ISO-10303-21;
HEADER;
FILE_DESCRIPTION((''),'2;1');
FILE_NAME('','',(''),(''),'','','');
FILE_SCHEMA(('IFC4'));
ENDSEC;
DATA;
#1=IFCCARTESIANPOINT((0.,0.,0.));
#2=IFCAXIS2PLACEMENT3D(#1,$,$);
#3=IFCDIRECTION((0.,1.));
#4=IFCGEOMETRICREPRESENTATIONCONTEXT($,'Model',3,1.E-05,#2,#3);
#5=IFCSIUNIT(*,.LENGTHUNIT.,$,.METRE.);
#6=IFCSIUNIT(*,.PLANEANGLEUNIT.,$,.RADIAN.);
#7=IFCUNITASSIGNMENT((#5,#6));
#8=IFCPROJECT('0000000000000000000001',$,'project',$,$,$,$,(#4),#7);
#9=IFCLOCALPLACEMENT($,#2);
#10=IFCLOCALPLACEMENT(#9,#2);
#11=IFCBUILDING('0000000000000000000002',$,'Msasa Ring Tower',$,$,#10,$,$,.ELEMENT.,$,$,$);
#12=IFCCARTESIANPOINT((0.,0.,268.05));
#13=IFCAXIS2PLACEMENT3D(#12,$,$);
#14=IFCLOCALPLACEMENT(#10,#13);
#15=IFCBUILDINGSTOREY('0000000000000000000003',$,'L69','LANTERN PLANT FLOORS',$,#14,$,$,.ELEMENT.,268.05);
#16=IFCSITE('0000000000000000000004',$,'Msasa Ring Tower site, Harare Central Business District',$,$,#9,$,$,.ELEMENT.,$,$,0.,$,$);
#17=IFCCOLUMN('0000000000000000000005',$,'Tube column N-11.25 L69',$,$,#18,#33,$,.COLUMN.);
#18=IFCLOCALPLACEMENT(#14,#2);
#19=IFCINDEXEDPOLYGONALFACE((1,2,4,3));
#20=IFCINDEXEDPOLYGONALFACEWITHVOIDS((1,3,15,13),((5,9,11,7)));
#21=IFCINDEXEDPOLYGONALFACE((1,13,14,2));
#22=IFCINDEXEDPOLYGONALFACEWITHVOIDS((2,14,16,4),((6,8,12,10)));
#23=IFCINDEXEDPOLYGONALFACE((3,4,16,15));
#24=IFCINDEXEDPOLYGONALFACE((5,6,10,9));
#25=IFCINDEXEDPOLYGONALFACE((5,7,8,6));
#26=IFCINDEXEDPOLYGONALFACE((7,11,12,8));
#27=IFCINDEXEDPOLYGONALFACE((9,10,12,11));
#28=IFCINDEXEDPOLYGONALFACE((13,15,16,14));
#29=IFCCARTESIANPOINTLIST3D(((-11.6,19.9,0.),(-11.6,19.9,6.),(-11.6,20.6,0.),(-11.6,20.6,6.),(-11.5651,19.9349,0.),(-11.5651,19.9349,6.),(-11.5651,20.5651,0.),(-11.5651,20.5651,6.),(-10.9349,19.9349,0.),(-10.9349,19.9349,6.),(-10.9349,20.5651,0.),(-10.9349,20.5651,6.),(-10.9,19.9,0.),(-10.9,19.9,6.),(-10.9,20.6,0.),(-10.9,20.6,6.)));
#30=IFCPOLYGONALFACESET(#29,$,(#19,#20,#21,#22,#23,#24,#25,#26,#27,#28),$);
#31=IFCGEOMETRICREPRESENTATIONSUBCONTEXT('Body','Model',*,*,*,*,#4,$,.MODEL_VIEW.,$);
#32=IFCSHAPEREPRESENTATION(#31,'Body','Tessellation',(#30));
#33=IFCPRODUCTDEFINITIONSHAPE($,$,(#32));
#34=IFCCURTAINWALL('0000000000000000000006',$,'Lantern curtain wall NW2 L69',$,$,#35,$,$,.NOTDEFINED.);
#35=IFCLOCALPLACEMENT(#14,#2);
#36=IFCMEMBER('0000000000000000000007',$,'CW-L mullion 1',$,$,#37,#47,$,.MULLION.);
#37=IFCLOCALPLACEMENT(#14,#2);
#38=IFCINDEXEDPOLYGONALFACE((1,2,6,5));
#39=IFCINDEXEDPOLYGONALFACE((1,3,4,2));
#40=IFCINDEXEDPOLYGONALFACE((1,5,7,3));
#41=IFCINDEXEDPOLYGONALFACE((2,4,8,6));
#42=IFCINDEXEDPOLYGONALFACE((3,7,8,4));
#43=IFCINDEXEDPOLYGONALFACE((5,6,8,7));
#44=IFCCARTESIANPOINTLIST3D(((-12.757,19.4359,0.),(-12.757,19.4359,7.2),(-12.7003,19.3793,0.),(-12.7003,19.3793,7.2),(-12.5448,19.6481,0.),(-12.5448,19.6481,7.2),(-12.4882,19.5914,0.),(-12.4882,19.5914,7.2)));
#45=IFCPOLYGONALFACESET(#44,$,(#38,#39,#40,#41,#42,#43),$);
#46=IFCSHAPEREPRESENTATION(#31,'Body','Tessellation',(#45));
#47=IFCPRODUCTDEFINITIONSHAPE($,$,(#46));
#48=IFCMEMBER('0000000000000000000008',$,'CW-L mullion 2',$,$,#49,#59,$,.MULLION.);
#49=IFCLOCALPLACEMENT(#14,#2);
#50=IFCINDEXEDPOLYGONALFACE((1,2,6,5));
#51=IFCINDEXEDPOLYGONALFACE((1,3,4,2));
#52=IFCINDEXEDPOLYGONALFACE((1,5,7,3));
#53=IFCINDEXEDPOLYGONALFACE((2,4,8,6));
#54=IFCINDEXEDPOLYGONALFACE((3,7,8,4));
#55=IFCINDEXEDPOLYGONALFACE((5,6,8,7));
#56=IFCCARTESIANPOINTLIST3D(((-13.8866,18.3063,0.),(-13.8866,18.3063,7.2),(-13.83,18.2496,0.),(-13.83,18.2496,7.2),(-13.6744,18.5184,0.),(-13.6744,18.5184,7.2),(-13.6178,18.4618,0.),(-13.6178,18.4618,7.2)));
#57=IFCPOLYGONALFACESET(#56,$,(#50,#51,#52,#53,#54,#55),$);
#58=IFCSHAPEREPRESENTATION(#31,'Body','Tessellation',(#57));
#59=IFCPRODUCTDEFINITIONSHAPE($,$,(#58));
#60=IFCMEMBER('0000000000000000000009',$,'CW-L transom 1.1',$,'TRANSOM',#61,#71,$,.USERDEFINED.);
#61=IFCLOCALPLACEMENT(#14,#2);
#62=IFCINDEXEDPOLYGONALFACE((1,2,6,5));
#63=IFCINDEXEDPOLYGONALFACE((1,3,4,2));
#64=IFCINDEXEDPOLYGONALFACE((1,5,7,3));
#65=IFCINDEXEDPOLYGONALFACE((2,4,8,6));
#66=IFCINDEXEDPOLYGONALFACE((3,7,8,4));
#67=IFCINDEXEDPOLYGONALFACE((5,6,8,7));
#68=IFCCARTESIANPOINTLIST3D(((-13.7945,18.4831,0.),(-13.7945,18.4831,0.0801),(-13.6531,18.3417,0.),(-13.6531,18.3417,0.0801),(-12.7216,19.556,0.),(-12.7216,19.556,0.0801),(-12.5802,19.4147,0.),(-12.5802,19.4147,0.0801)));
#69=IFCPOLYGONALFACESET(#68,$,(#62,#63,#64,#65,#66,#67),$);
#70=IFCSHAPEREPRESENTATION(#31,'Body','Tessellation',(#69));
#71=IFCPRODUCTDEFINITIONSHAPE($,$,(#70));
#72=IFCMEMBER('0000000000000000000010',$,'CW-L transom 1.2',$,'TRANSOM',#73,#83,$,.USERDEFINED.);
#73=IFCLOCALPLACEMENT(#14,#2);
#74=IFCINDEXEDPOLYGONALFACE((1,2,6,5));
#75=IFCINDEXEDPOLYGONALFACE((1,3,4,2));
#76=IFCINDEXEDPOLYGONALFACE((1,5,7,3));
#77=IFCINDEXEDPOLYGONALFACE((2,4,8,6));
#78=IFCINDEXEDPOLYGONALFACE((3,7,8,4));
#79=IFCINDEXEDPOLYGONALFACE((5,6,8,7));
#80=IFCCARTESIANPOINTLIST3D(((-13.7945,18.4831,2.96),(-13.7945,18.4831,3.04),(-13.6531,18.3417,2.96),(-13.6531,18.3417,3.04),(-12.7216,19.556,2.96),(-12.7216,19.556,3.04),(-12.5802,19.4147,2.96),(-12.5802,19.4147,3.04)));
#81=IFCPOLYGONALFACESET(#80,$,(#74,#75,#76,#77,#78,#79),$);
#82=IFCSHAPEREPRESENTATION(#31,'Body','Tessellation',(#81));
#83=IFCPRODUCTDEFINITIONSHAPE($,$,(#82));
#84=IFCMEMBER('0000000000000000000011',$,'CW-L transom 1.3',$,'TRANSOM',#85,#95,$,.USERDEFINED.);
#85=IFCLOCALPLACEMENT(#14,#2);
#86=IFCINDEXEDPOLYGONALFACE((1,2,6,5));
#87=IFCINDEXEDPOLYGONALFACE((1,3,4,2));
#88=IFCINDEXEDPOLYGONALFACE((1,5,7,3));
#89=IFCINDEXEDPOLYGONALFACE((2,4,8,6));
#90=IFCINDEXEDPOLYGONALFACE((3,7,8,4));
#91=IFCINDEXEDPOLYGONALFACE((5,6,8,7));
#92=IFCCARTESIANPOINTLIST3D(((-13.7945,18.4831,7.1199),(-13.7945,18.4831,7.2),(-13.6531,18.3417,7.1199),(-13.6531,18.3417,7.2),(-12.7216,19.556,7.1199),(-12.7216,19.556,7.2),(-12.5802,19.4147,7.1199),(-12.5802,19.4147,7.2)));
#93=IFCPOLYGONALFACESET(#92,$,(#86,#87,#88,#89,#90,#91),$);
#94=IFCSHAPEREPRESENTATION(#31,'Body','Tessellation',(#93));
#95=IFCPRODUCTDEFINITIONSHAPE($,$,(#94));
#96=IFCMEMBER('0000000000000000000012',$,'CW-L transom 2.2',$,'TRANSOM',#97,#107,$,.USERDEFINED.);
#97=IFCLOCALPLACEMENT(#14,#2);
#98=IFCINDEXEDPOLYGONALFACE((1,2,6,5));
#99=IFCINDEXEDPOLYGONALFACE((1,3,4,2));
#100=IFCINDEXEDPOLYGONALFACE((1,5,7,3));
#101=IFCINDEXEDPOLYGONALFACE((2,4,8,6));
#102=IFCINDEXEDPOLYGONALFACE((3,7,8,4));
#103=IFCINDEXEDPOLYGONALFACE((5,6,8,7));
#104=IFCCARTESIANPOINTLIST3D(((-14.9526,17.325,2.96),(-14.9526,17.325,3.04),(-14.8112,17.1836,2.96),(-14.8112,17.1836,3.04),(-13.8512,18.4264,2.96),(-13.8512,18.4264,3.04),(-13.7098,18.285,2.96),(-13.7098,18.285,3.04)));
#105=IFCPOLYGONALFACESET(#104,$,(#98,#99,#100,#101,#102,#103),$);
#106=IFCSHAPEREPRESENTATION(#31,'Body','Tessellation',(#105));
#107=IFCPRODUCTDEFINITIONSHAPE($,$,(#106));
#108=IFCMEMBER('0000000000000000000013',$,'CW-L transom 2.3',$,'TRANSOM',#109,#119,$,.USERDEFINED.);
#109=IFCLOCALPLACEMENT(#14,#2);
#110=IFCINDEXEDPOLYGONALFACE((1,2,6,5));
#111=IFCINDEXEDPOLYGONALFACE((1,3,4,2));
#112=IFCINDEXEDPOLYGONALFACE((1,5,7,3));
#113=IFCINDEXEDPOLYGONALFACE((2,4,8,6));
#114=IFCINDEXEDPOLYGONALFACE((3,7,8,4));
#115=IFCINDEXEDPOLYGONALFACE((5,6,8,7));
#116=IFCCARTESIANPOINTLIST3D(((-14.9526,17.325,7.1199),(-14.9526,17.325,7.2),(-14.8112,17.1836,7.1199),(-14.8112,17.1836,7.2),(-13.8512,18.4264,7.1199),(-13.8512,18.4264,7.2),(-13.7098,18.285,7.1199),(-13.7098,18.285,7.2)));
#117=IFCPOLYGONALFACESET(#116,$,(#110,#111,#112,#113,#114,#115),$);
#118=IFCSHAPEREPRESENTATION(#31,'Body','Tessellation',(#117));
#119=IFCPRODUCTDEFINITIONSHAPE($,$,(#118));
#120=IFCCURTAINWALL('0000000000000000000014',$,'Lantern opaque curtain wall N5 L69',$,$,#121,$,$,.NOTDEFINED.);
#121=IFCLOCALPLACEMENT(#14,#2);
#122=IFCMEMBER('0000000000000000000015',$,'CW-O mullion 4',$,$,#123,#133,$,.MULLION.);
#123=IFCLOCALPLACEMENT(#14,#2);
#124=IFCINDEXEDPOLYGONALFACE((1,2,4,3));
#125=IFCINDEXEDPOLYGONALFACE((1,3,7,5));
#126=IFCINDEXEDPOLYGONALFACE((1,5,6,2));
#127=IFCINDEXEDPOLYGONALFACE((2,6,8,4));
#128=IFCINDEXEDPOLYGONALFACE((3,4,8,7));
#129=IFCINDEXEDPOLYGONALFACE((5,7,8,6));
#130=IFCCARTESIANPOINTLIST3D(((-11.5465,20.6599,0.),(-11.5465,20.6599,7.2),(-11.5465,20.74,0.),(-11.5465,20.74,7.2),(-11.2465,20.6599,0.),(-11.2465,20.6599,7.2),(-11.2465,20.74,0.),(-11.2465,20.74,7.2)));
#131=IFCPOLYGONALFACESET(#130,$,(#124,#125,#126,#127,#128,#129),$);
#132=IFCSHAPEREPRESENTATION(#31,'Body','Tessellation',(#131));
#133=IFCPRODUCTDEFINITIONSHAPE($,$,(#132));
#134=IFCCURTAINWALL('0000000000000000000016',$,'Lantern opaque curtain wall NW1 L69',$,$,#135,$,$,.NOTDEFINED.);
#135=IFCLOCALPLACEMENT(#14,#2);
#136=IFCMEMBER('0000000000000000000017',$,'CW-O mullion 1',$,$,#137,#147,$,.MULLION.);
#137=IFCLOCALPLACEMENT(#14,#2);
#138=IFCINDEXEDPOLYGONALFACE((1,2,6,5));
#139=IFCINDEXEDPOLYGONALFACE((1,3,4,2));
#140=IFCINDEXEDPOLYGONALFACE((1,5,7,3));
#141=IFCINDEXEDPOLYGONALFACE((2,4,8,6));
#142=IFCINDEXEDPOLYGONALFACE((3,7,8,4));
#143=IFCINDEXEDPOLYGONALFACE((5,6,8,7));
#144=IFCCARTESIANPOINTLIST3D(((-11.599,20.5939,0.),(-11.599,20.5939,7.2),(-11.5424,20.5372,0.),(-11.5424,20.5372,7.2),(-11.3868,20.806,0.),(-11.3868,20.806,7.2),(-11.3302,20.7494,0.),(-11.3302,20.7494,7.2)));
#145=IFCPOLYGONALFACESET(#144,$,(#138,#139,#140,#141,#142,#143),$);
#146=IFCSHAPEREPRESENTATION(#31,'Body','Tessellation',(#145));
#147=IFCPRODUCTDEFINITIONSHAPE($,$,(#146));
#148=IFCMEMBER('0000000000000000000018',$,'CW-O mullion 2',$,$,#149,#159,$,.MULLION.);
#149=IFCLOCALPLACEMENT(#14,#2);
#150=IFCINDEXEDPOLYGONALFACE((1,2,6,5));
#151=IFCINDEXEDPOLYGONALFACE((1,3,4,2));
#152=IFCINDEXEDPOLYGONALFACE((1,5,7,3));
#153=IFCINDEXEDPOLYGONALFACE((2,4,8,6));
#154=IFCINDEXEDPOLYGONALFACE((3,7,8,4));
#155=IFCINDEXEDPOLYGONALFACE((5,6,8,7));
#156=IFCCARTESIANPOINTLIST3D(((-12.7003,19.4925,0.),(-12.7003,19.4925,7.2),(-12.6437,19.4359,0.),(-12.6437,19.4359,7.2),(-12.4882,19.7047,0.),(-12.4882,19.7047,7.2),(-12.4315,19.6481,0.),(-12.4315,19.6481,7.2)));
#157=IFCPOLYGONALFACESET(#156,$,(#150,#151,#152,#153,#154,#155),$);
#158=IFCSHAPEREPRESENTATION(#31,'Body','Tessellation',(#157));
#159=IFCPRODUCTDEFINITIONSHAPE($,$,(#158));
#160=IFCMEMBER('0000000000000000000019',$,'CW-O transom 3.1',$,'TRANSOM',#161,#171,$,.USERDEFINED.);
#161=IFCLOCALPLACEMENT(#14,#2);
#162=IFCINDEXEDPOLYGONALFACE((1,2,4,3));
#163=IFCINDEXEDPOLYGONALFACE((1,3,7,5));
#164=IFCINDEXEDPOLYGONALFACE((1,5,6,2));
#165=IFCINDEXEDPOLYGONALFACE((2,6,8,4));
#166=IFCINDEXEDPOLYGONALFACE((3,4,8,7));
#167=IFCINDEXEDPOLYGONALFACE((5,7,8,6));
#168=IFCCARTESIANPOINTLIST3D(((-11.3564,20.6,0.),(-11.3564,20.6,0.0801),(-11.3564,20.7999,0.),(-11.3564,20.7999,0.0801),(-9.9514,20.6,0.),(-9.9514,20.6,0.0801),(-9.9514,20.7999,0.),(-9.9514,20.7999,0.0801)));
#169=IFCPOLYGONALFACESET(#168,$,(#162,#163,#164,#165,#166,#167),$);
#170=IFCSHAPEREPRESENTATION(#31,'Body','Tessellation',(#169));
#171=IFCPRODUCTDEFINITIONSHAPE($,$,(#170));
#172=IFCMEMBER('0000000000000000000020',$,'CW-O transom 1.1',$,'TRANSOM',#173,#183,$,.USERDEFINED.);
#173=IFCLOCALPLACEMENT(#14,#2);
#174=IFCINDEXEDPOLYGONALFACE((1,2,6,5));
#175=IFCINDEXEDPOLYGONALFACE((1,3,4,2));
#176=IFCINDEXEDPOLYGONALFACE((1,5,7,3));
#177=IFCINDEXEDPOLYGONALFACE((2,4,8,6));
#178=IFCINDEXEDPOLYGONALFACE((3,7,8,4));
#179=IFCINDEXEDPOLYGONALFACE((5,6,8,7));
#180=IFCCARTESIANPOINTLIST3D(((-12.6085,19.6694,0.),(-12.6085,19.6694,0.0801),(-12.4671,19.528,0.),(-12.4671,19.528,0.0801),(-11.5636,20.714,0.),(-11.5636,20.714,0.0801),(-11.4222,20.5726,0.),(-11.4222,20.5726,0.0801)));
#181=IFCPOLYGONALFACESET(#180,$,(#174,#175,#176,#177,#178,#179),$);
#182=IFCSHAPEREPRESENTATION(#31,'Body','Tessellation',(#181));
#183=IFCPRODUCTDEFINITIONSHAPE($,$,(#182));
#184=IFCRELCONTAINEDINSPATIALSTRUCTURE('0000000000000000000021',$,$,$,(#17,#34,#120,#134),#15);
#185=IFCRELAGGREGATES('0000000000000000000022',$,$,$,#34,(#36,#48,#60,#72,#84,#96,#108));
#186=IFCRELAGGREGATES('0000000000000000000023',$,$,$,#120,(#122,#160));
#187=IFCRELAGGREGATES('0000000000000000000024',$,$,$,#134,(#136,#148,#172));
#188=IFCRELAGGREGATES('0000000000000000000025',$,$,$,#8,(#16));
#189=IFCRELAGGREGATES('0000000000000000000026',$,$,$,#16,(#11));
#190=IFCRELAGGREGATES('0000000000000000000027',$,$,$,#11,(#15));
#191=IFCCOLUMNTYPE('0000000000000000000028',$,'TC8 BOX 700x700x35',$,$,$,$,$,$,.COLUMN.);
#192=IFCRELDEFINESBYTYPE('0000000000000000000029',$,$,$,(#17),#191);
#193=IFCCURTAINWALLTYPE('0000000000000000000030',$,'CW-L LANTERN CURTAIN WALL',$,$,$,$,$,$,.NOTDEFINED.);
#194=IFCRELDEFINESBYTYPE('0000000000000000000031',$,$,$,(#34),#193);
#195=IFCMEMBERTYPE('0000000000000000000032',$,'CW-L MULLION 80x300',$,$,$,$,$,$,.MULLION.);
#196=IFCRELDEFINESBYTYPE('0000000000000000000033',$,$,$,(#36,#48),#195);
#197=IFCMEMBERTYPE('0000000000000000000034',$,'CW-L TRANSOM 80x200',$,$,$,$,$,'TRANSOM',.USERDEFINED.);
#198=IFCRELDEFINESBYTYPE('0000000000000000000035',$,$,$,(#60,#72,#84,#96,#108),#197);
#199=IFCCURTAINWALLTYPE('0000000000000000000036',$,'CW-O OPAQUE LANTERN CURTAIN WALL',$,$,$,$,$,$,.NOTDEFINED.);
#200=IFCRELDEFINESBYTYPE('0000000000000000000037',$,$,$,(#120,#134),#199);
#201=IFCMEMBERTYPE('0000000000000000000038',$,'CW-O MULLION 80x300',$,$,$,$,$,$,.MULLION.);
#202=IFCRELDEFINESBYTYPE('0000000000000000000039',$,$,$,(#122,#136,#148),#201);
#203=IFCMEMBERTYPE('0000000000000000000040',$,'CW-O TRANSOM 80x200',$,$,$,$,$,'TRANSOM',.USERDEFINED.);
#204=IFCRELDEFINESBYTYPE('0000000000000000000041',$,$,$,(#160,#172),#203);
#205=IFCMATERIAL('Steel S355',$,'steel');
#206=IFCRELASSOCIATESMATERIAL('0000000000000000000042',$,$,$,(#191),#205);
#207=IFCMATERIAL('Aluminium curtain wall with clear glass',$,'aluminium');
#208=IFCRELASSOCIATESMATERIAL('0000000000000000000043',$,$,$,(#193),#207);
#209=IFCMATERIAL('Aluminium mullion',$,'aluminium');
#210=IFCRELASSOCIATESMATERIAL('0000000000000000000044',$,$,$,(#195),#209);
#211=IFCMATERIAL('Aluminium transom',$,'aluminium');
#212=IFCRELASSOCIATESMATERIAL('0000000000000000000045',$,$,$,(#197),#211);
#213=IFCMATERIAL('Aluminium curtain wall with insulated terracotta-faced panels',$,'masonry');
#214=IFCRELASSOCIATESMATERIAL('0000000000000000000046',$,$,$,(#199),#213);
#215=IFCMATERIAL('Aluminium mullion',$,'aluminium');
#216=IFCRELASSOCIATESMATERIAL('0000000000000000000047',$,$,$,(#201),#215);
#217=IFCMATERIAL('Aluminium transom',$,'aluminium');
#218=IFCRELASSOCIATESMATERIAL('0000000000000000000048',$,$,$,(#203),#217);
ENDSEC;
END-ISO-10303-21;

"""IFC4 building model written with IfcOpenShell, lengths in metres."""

from ifc_helpers import new_model, si_unit, direction, frame, origin, origin_2d, place, context, subcontext, project, spatial, rectangle, hollow_rectangle, extrude, material, material_profile, profile_set, type_object, element, aggregate, save


model = new_model("IFC4")

# Units and contexts
model_context = context("Model", 3, precision=1e-05, world=origin(), true_north=direction((0.0, 1.0)))
body_context = subcontext(model_context, "Body", "Model", "MODEL_VIEW")
ifc_project = project(units=[si_unit("LENGTHUNIT", "METRE"), si_unit("PLANEANGLEUNIT", "RADIAN")], contexts=[model_context])

# Site, building, storey
site_placement = place(None, origin())
site = spatial("IfcSite", under=ifc_project, at=site_placement, Name="Msasa Ring Tower site, Harare Central Business District", CompositionType="ELEMENT", RefElevation=0.0)
building_placement = place(site_placement, origin())
building = spatial("IfcBuilding", under=site, at=building_placement, Name="Msasa Ring Tower", CompositionType="ELEMENT")
storey_placement = place(building_placement, frame((0.0, 0.0, 268.05)))
storey = spatial("IfcBuildingStorey", under=building, at=storey_placement, Name="L69", Description="LANTERN PLANT FLOORS", CompositionType="ELEMENT", Elevation=268.05)

# Column
ifc_material_1 = material(Name="Steel S355", Category="steel")
ifc_material_profile_1 = material_profile(ifc_material_1, hollow_rectangle(XDim=0.7, YDim=0.7, WallThickness=0.0349, at=origin_2d()), Name="BOX 700x700x35")
ifc_profile_set_1 = profile_set([ifc_material_profile_1], Name="Steel S355")
column_type = type_object("IfcColumnType", Name="TC8 BOX 700x700x35", PredefinedType="COLUMN", material=ifc_profile_set_1)
column_placement = place(storey_placement, frame((-11.25, 20.25, 0.0), z_axis=(0.0, 0.0, 1.0), x_axis=(0.0, 1.0, 0.0)))
element("IfcColumn", 1, at=column_placement, inside=storey, type_object=column_type, Name="Tube column N-11.25 L69", PredefinedType="COLUMN", context=body_context, shape_type="SweptSolid", body=[
    extrude(hollow_rectangle(XDim=0.7, YDim=0.7, WallThickness=0.0349, at=origin_2d()), origin(), (0.0, 0.0, 1.0), 6.0),
])

# Curtain wall, members
ifc_material_2 = material(Name="Aluminium curtain wall with clear glass", Category="aluminium")
curtain_wall_type_1 = type_object("IfcCurtainWallType", Name="CW-L LANTERN CURTAIN WALL", PredefinedType="NOTDEFINED", material=ifc_material_2)
curtain_wall_1_placement = place(storey_placement, origin())
curtain_wall_1 = element("IfcCurtainWall", 2, at=curtain_wall_1_placement, inside=storey, type_object=curtain_wall_type_1, Name="Lantern curtain wall NW2 L69", PredefinedType="NOTDEFINED")
ifc_material_3 = material(Name="Aluminium mullion", Category="aluminium")
ifc_material_profile_2 = material_profile(ifc_material_3, rectangle(XDim=0.0801, YDim=0.3, at=origin_2d()), Name="AL 80x300")
ifc_profile_set_2 = profile_set([ifc_material_profile_2], Name="Aluminium mullion")
member_type_1 = type_object("IfcMemberType", Name="CW-L MULLION 80x300", PredefinedType="MULLION", material=ifc_profile_set_2)
member_1_placement = place(storey_placement, frame((-12.6226, 19.5137, 0.0), z_axis=(0.0, 0.0, 1.0), x_axis=(0.707097, -0.707117, 0.0)))
member_1 = element("IfcMember", 3, at=member_1_placement, type_object=member_type_1, Name="CW-L mullion 1", PredefinedType="MULLION", context=body_context, shape_type="SweptSolid", body=[
    extrude(rectangle(XDim=0.0801, YDim=0.3, at=origin_2d()), origin(), (0.0, 0.0, 1.0), 7.2),
])
member_2_placement = place(storey_placement, frame((-13.7522, 18.384, 0.0), z_axis=(0.0, 0.0, 1.0), x_axis=(0.707097, -0.707117, 0.0)))
member_2 = element("IfcMember", 4, at=member_2_placement, type_object=member_type_1, Name="CW-L mullion 2", PredefinedType="MULLION", context=body_context, shape_type="SweptSolid", body=[
    extrude(rectangle(XDim=0.0801, YDim=0.3, at=origin_2d()), origin(), (0.0, 0.0, 1.0), 7.2),
])
ifc_material_4 = material(Name="Aluminium transom", Category="aluminium")
ifc_material_profile_3 = material_profile(ifc_material_4, rectangle(XDim=0.2, YDim=0.0801, at=origin_2d()), Name="AL 80x200")
ifc_profile_set_3 = profile_set([ifc_material_profile_3], Name="Aluminium transom")
member_type_2 = type_object("IfcMemberType", Name="CW-L TRANSOM 80x200", ElementType="TRANSOM", PredefinedType="USERDEFINED", material=ifc_profile_set_3)
member_3_placement = place(storey_placement, frame((-12.6509, 19.4854, 0.04), z_axis=(-0.707107, -0.707107, 0.0), x_axis=(0.707107, -0.707107, 0.0)))
member_3 = element("IfcMember", 5, at=member_3_placement, type_object=member_type_2, Name="CW-L transom 1.1", ObjectType="TRANSOM", PredefinedType="USERDEFINED", context=body_context, shape_type="SweptSolid", body=[
    extrude(rectangle(XDim=0.2, YDim=0.0801, at=origin_2d()), origin(), (0.0, 0.0, 1.0), 1.5173),
])
member_4_placement = place(storey_placement, frame((-12.6509, 19.4854, 3.0), z_axis=(-0.707107, -0.707107, 0.0), x_axis=(0.707107, -0.707107, 0.0)))
member_4 = element("IfcMember", 6, at=member_4_placement, type_object=member_type_2, Name="CW-L transom 1.2", ObjectType="TRANSOM", PredefinedType="USERDEFINED", context=body_context, shape_type="SweptSolid", body=[
    extrude(rectangle(XDim=0.2, YDim=0.0801, at=origin_2d()), origin(), (0.0, 0.0, 1.0), 1.5173),
])
member_5_placement = place(storey_placement, frame((-12.6509, 19.4854, 7.1599), z_axis=(-0.707107, -0.707107, 0.0), x_axis=(0.707107, -0.707107, 0.0)))
member_5 = element("IfcMember", 7, at=member_5_placement, type_object=member_type_2, Name="CW-L transom 1.3", ObjectType="TRANSOM", PredefinedType="USERDEFINED", context=body_context, shape_type="SweptSolid", body=[
    extrude(rectangle(XDim=0.2, YDim=0.0801, at=origin_2d()), origin(), (0.0, 0.0, 1.0), 1.5173),
])
member_6_placement = place(storey_placement, frame((-13.7805, 18.3557, 3.0), z_axis=(-0.707107, -0.707107, 0.0), x_axis=(0.707107, -0.707107, 0.0)))
member_6 = element("IfcMember", 8, at=member_6_placement, type_object=member_type_2, Name="CW-L transom 2.2", ObjectType="TRANSOM", PredefinedType="USERDEFINED", context=body_context, shape_type="SweptSolid", body=[
    extrude(rectangle(XDim=0.2, YDim=0.0801, at=origin_2d()), origin(), (0.0, 0.0, 1.0), 1.5576),
])
member_7_placement = place(storey_placement, frame((-13.7805, 18.3557, 7.1599), z_axis=(-0.707107, -0.707107, 0.0), x_axis=(0.707107, -0.707107, 0.0)))
member_7 = element("IfcMember", 9, at=member_7_placement, type_object=member_type_2, Name="CW-L transom 2.3", ObjectType="TRANSOM", PredefinedType="USERDEFINED", context=body_context, shape_type="SweptSolid", body=[
    extrude(rectangle(XDim=0.2, YDim=0.0801, at=origin_2d()), origin(), (0.0, 0.0, 1.0), 1.5576),
])

# Curtain wall, member
ifc_material_5 = material(Name="Aluminium curtain wall with insulated terracotta-faced panels", Category="masonry")
curtain_wall_type_2 = type_object("IfcCurtainWallType", Name="CW-O OPAQUE LANTERN CURTAIN WALL", PredefinedType="NOTDEFINED", material=ifc_material_5)
curtain_wall_2_placement = place(storey_placement, origin())
curtain_wall_2 = element("IfcCurtainWall", 10, at=curtain_wall_2_placement, inside=storey, type_object=curtain_wall_type_2, Name="Lantern opaque curtain wall N5 L69", PredefinedType="NOTDEFINED")
ifc_material_6 = material(Name="Aluminium mullion", Category="aluminium")
ifc_material_profile_4 = material_profile(ifc_material_6, rectangle(XDim=0.0801, YDim=0.3, at=origin_2d()), Name="AL 80x300")
ifc_profile_set_4 = profile_set([ifc_material_profile_4], Name="Aluminium mullion")
member_type_3 = type_object("IfcMemberType", Name="CW-O MULLION 80x300", PredefinedType="MULLION", material=ifc_profile_set_4)
member_8_placement = place(storey_placement, frame((-11.3965, 20.7, 0.0), z_axis=(0.0, 0.0, 1.0), x_axis=(0.0, -1.0, 0.0)))
member_8 = element("IfcMember", 11, at=member_8_placement, type_object=member_type_3, Name="CW-O mullion 4", PredefinedType="MULLION", context=body_context, shape_type="SweptSolid", body=[
    extrude(rectangle(XDim=0.0801, YDim=0.3, at=origin_2d()), origin(), (0.0, 0.0, 1.0), 7.2),
])

# Curtain wall, members
curtain_wall_3_placement = place(storey_placement, origin())
curtain_wall_3 = element("IfcCurtainWall", 12, at=curtain_wall_3_placement, inside=storey, type_object=curtain_wall_type_2, Name="Lantern opaque curtain wall NW1 L69", PredefinedType="NOTDEFINED")
member_9_placement = place(storey_placement, frame((-11.4646, 20.6716, 0.0), z_axis=(0.0, 0.0, 1.0), x_axis=(0.707137, -0.707076, 0.0)))
member_9 = element("IfcMember", 13, at=member_9_placement, type_object=member_type_3, Name="CW-O mullion 1", PredefinedType="MULLION", context=body_context, shape_type="SweptSolid", body=[
    extrude(rectangle(XDim=0.0801, YDim=0.3, at=origin_2d()), origin(), (0.0, 0.0, 1.0), 7.2),
])
member_10_placement = place(storey_placement, frame((-12.5659, 19.5703, 0.0), z_axis=(0.0, 0.0, 1.0), x_axis=(0.707137, -0.707076, 0.0)))
member_10 = element("IfcMember", 14, at=member_10_placement, type_object=member_type_3, Name="CW-O mullion 2", PredefinedType="MULLION", context=body_context, shape_type="SweptSolid", body=[
    extrude(rectangle(XDim=0.0801, YDim=0.3, at=origin_2d()), origin(), (0.0, 0.0, 1.0), 7.2),
])

# Members
ifc_material_7 = material(Name="Aluminium transom", Category="aluminium")
ifc_material_profile_5 = material_profile(ifc_material_7, rectangle(XDim=0.2, YDim=0.0801, at=origin_2d()), Name="AL 80x200")
ifc_profile_set_5 = profile_set([ifc_material_profile_5], Name="Aluminium transom")
member_type_4 = type_object("IfcMemberType", Name="CW-O TRANSOM 80x200", ElementType="TRANSOM", PredefinedType="USERDEFINED", material=ifc_profile_set_5)
member_11_placement = place(storey_placement, frame((-9.9514, 20.7, 0.04), z_axis=(-1.0, 0.0, 0.0), x_axis=(0.0, -1.0, 0.0)))
member_11 = element("IfcMember", 15, at=member_11_placement, type_object=member_type_4, Name="CW-O transom 3.1", ObjectType="TRANSOM", PredefinedType="USERDEFINED", context=body_context, shape_type="SweptSolid", body=[
    extrude(rectangle(XDim=0.2, YDim=0.0801, at=origin_2d()), origin(), (0.0, 0.0, 1.0), 1.405),
])
member_12_placement = place(storey_placement, frame((-11.4929, 20.6433, 0.04), z_axis=(-0.707189, -0.707024, 0.0), x_axis=(0.707024, -0.707189, 0.0)))
member_12 = element("IfcMember", 16, at=member_12_placement, type_object=member_type_4, Name="CW-O transom 1.1", ObjectType="TRANSOM", PredefinedType="USERDEFINED", context=body_context, shape_type="SweptSolid", body=[
    extrude(rectangle(XDim=0.2, YDim=0.0801, at=origin_2d()), origin(), (0.0, 0.0, 1.0), 1.4775),
])

aggregate(curtain_wall_1, [member_1, member_2, member_3, member_4, member_5, member_6, member_7])
aggregate(curtain_wall_2, [member_8, member_11])
aggregate(curtain_wall_3, [member_9, member_10, member_12])

save(model, "model.ifc")
